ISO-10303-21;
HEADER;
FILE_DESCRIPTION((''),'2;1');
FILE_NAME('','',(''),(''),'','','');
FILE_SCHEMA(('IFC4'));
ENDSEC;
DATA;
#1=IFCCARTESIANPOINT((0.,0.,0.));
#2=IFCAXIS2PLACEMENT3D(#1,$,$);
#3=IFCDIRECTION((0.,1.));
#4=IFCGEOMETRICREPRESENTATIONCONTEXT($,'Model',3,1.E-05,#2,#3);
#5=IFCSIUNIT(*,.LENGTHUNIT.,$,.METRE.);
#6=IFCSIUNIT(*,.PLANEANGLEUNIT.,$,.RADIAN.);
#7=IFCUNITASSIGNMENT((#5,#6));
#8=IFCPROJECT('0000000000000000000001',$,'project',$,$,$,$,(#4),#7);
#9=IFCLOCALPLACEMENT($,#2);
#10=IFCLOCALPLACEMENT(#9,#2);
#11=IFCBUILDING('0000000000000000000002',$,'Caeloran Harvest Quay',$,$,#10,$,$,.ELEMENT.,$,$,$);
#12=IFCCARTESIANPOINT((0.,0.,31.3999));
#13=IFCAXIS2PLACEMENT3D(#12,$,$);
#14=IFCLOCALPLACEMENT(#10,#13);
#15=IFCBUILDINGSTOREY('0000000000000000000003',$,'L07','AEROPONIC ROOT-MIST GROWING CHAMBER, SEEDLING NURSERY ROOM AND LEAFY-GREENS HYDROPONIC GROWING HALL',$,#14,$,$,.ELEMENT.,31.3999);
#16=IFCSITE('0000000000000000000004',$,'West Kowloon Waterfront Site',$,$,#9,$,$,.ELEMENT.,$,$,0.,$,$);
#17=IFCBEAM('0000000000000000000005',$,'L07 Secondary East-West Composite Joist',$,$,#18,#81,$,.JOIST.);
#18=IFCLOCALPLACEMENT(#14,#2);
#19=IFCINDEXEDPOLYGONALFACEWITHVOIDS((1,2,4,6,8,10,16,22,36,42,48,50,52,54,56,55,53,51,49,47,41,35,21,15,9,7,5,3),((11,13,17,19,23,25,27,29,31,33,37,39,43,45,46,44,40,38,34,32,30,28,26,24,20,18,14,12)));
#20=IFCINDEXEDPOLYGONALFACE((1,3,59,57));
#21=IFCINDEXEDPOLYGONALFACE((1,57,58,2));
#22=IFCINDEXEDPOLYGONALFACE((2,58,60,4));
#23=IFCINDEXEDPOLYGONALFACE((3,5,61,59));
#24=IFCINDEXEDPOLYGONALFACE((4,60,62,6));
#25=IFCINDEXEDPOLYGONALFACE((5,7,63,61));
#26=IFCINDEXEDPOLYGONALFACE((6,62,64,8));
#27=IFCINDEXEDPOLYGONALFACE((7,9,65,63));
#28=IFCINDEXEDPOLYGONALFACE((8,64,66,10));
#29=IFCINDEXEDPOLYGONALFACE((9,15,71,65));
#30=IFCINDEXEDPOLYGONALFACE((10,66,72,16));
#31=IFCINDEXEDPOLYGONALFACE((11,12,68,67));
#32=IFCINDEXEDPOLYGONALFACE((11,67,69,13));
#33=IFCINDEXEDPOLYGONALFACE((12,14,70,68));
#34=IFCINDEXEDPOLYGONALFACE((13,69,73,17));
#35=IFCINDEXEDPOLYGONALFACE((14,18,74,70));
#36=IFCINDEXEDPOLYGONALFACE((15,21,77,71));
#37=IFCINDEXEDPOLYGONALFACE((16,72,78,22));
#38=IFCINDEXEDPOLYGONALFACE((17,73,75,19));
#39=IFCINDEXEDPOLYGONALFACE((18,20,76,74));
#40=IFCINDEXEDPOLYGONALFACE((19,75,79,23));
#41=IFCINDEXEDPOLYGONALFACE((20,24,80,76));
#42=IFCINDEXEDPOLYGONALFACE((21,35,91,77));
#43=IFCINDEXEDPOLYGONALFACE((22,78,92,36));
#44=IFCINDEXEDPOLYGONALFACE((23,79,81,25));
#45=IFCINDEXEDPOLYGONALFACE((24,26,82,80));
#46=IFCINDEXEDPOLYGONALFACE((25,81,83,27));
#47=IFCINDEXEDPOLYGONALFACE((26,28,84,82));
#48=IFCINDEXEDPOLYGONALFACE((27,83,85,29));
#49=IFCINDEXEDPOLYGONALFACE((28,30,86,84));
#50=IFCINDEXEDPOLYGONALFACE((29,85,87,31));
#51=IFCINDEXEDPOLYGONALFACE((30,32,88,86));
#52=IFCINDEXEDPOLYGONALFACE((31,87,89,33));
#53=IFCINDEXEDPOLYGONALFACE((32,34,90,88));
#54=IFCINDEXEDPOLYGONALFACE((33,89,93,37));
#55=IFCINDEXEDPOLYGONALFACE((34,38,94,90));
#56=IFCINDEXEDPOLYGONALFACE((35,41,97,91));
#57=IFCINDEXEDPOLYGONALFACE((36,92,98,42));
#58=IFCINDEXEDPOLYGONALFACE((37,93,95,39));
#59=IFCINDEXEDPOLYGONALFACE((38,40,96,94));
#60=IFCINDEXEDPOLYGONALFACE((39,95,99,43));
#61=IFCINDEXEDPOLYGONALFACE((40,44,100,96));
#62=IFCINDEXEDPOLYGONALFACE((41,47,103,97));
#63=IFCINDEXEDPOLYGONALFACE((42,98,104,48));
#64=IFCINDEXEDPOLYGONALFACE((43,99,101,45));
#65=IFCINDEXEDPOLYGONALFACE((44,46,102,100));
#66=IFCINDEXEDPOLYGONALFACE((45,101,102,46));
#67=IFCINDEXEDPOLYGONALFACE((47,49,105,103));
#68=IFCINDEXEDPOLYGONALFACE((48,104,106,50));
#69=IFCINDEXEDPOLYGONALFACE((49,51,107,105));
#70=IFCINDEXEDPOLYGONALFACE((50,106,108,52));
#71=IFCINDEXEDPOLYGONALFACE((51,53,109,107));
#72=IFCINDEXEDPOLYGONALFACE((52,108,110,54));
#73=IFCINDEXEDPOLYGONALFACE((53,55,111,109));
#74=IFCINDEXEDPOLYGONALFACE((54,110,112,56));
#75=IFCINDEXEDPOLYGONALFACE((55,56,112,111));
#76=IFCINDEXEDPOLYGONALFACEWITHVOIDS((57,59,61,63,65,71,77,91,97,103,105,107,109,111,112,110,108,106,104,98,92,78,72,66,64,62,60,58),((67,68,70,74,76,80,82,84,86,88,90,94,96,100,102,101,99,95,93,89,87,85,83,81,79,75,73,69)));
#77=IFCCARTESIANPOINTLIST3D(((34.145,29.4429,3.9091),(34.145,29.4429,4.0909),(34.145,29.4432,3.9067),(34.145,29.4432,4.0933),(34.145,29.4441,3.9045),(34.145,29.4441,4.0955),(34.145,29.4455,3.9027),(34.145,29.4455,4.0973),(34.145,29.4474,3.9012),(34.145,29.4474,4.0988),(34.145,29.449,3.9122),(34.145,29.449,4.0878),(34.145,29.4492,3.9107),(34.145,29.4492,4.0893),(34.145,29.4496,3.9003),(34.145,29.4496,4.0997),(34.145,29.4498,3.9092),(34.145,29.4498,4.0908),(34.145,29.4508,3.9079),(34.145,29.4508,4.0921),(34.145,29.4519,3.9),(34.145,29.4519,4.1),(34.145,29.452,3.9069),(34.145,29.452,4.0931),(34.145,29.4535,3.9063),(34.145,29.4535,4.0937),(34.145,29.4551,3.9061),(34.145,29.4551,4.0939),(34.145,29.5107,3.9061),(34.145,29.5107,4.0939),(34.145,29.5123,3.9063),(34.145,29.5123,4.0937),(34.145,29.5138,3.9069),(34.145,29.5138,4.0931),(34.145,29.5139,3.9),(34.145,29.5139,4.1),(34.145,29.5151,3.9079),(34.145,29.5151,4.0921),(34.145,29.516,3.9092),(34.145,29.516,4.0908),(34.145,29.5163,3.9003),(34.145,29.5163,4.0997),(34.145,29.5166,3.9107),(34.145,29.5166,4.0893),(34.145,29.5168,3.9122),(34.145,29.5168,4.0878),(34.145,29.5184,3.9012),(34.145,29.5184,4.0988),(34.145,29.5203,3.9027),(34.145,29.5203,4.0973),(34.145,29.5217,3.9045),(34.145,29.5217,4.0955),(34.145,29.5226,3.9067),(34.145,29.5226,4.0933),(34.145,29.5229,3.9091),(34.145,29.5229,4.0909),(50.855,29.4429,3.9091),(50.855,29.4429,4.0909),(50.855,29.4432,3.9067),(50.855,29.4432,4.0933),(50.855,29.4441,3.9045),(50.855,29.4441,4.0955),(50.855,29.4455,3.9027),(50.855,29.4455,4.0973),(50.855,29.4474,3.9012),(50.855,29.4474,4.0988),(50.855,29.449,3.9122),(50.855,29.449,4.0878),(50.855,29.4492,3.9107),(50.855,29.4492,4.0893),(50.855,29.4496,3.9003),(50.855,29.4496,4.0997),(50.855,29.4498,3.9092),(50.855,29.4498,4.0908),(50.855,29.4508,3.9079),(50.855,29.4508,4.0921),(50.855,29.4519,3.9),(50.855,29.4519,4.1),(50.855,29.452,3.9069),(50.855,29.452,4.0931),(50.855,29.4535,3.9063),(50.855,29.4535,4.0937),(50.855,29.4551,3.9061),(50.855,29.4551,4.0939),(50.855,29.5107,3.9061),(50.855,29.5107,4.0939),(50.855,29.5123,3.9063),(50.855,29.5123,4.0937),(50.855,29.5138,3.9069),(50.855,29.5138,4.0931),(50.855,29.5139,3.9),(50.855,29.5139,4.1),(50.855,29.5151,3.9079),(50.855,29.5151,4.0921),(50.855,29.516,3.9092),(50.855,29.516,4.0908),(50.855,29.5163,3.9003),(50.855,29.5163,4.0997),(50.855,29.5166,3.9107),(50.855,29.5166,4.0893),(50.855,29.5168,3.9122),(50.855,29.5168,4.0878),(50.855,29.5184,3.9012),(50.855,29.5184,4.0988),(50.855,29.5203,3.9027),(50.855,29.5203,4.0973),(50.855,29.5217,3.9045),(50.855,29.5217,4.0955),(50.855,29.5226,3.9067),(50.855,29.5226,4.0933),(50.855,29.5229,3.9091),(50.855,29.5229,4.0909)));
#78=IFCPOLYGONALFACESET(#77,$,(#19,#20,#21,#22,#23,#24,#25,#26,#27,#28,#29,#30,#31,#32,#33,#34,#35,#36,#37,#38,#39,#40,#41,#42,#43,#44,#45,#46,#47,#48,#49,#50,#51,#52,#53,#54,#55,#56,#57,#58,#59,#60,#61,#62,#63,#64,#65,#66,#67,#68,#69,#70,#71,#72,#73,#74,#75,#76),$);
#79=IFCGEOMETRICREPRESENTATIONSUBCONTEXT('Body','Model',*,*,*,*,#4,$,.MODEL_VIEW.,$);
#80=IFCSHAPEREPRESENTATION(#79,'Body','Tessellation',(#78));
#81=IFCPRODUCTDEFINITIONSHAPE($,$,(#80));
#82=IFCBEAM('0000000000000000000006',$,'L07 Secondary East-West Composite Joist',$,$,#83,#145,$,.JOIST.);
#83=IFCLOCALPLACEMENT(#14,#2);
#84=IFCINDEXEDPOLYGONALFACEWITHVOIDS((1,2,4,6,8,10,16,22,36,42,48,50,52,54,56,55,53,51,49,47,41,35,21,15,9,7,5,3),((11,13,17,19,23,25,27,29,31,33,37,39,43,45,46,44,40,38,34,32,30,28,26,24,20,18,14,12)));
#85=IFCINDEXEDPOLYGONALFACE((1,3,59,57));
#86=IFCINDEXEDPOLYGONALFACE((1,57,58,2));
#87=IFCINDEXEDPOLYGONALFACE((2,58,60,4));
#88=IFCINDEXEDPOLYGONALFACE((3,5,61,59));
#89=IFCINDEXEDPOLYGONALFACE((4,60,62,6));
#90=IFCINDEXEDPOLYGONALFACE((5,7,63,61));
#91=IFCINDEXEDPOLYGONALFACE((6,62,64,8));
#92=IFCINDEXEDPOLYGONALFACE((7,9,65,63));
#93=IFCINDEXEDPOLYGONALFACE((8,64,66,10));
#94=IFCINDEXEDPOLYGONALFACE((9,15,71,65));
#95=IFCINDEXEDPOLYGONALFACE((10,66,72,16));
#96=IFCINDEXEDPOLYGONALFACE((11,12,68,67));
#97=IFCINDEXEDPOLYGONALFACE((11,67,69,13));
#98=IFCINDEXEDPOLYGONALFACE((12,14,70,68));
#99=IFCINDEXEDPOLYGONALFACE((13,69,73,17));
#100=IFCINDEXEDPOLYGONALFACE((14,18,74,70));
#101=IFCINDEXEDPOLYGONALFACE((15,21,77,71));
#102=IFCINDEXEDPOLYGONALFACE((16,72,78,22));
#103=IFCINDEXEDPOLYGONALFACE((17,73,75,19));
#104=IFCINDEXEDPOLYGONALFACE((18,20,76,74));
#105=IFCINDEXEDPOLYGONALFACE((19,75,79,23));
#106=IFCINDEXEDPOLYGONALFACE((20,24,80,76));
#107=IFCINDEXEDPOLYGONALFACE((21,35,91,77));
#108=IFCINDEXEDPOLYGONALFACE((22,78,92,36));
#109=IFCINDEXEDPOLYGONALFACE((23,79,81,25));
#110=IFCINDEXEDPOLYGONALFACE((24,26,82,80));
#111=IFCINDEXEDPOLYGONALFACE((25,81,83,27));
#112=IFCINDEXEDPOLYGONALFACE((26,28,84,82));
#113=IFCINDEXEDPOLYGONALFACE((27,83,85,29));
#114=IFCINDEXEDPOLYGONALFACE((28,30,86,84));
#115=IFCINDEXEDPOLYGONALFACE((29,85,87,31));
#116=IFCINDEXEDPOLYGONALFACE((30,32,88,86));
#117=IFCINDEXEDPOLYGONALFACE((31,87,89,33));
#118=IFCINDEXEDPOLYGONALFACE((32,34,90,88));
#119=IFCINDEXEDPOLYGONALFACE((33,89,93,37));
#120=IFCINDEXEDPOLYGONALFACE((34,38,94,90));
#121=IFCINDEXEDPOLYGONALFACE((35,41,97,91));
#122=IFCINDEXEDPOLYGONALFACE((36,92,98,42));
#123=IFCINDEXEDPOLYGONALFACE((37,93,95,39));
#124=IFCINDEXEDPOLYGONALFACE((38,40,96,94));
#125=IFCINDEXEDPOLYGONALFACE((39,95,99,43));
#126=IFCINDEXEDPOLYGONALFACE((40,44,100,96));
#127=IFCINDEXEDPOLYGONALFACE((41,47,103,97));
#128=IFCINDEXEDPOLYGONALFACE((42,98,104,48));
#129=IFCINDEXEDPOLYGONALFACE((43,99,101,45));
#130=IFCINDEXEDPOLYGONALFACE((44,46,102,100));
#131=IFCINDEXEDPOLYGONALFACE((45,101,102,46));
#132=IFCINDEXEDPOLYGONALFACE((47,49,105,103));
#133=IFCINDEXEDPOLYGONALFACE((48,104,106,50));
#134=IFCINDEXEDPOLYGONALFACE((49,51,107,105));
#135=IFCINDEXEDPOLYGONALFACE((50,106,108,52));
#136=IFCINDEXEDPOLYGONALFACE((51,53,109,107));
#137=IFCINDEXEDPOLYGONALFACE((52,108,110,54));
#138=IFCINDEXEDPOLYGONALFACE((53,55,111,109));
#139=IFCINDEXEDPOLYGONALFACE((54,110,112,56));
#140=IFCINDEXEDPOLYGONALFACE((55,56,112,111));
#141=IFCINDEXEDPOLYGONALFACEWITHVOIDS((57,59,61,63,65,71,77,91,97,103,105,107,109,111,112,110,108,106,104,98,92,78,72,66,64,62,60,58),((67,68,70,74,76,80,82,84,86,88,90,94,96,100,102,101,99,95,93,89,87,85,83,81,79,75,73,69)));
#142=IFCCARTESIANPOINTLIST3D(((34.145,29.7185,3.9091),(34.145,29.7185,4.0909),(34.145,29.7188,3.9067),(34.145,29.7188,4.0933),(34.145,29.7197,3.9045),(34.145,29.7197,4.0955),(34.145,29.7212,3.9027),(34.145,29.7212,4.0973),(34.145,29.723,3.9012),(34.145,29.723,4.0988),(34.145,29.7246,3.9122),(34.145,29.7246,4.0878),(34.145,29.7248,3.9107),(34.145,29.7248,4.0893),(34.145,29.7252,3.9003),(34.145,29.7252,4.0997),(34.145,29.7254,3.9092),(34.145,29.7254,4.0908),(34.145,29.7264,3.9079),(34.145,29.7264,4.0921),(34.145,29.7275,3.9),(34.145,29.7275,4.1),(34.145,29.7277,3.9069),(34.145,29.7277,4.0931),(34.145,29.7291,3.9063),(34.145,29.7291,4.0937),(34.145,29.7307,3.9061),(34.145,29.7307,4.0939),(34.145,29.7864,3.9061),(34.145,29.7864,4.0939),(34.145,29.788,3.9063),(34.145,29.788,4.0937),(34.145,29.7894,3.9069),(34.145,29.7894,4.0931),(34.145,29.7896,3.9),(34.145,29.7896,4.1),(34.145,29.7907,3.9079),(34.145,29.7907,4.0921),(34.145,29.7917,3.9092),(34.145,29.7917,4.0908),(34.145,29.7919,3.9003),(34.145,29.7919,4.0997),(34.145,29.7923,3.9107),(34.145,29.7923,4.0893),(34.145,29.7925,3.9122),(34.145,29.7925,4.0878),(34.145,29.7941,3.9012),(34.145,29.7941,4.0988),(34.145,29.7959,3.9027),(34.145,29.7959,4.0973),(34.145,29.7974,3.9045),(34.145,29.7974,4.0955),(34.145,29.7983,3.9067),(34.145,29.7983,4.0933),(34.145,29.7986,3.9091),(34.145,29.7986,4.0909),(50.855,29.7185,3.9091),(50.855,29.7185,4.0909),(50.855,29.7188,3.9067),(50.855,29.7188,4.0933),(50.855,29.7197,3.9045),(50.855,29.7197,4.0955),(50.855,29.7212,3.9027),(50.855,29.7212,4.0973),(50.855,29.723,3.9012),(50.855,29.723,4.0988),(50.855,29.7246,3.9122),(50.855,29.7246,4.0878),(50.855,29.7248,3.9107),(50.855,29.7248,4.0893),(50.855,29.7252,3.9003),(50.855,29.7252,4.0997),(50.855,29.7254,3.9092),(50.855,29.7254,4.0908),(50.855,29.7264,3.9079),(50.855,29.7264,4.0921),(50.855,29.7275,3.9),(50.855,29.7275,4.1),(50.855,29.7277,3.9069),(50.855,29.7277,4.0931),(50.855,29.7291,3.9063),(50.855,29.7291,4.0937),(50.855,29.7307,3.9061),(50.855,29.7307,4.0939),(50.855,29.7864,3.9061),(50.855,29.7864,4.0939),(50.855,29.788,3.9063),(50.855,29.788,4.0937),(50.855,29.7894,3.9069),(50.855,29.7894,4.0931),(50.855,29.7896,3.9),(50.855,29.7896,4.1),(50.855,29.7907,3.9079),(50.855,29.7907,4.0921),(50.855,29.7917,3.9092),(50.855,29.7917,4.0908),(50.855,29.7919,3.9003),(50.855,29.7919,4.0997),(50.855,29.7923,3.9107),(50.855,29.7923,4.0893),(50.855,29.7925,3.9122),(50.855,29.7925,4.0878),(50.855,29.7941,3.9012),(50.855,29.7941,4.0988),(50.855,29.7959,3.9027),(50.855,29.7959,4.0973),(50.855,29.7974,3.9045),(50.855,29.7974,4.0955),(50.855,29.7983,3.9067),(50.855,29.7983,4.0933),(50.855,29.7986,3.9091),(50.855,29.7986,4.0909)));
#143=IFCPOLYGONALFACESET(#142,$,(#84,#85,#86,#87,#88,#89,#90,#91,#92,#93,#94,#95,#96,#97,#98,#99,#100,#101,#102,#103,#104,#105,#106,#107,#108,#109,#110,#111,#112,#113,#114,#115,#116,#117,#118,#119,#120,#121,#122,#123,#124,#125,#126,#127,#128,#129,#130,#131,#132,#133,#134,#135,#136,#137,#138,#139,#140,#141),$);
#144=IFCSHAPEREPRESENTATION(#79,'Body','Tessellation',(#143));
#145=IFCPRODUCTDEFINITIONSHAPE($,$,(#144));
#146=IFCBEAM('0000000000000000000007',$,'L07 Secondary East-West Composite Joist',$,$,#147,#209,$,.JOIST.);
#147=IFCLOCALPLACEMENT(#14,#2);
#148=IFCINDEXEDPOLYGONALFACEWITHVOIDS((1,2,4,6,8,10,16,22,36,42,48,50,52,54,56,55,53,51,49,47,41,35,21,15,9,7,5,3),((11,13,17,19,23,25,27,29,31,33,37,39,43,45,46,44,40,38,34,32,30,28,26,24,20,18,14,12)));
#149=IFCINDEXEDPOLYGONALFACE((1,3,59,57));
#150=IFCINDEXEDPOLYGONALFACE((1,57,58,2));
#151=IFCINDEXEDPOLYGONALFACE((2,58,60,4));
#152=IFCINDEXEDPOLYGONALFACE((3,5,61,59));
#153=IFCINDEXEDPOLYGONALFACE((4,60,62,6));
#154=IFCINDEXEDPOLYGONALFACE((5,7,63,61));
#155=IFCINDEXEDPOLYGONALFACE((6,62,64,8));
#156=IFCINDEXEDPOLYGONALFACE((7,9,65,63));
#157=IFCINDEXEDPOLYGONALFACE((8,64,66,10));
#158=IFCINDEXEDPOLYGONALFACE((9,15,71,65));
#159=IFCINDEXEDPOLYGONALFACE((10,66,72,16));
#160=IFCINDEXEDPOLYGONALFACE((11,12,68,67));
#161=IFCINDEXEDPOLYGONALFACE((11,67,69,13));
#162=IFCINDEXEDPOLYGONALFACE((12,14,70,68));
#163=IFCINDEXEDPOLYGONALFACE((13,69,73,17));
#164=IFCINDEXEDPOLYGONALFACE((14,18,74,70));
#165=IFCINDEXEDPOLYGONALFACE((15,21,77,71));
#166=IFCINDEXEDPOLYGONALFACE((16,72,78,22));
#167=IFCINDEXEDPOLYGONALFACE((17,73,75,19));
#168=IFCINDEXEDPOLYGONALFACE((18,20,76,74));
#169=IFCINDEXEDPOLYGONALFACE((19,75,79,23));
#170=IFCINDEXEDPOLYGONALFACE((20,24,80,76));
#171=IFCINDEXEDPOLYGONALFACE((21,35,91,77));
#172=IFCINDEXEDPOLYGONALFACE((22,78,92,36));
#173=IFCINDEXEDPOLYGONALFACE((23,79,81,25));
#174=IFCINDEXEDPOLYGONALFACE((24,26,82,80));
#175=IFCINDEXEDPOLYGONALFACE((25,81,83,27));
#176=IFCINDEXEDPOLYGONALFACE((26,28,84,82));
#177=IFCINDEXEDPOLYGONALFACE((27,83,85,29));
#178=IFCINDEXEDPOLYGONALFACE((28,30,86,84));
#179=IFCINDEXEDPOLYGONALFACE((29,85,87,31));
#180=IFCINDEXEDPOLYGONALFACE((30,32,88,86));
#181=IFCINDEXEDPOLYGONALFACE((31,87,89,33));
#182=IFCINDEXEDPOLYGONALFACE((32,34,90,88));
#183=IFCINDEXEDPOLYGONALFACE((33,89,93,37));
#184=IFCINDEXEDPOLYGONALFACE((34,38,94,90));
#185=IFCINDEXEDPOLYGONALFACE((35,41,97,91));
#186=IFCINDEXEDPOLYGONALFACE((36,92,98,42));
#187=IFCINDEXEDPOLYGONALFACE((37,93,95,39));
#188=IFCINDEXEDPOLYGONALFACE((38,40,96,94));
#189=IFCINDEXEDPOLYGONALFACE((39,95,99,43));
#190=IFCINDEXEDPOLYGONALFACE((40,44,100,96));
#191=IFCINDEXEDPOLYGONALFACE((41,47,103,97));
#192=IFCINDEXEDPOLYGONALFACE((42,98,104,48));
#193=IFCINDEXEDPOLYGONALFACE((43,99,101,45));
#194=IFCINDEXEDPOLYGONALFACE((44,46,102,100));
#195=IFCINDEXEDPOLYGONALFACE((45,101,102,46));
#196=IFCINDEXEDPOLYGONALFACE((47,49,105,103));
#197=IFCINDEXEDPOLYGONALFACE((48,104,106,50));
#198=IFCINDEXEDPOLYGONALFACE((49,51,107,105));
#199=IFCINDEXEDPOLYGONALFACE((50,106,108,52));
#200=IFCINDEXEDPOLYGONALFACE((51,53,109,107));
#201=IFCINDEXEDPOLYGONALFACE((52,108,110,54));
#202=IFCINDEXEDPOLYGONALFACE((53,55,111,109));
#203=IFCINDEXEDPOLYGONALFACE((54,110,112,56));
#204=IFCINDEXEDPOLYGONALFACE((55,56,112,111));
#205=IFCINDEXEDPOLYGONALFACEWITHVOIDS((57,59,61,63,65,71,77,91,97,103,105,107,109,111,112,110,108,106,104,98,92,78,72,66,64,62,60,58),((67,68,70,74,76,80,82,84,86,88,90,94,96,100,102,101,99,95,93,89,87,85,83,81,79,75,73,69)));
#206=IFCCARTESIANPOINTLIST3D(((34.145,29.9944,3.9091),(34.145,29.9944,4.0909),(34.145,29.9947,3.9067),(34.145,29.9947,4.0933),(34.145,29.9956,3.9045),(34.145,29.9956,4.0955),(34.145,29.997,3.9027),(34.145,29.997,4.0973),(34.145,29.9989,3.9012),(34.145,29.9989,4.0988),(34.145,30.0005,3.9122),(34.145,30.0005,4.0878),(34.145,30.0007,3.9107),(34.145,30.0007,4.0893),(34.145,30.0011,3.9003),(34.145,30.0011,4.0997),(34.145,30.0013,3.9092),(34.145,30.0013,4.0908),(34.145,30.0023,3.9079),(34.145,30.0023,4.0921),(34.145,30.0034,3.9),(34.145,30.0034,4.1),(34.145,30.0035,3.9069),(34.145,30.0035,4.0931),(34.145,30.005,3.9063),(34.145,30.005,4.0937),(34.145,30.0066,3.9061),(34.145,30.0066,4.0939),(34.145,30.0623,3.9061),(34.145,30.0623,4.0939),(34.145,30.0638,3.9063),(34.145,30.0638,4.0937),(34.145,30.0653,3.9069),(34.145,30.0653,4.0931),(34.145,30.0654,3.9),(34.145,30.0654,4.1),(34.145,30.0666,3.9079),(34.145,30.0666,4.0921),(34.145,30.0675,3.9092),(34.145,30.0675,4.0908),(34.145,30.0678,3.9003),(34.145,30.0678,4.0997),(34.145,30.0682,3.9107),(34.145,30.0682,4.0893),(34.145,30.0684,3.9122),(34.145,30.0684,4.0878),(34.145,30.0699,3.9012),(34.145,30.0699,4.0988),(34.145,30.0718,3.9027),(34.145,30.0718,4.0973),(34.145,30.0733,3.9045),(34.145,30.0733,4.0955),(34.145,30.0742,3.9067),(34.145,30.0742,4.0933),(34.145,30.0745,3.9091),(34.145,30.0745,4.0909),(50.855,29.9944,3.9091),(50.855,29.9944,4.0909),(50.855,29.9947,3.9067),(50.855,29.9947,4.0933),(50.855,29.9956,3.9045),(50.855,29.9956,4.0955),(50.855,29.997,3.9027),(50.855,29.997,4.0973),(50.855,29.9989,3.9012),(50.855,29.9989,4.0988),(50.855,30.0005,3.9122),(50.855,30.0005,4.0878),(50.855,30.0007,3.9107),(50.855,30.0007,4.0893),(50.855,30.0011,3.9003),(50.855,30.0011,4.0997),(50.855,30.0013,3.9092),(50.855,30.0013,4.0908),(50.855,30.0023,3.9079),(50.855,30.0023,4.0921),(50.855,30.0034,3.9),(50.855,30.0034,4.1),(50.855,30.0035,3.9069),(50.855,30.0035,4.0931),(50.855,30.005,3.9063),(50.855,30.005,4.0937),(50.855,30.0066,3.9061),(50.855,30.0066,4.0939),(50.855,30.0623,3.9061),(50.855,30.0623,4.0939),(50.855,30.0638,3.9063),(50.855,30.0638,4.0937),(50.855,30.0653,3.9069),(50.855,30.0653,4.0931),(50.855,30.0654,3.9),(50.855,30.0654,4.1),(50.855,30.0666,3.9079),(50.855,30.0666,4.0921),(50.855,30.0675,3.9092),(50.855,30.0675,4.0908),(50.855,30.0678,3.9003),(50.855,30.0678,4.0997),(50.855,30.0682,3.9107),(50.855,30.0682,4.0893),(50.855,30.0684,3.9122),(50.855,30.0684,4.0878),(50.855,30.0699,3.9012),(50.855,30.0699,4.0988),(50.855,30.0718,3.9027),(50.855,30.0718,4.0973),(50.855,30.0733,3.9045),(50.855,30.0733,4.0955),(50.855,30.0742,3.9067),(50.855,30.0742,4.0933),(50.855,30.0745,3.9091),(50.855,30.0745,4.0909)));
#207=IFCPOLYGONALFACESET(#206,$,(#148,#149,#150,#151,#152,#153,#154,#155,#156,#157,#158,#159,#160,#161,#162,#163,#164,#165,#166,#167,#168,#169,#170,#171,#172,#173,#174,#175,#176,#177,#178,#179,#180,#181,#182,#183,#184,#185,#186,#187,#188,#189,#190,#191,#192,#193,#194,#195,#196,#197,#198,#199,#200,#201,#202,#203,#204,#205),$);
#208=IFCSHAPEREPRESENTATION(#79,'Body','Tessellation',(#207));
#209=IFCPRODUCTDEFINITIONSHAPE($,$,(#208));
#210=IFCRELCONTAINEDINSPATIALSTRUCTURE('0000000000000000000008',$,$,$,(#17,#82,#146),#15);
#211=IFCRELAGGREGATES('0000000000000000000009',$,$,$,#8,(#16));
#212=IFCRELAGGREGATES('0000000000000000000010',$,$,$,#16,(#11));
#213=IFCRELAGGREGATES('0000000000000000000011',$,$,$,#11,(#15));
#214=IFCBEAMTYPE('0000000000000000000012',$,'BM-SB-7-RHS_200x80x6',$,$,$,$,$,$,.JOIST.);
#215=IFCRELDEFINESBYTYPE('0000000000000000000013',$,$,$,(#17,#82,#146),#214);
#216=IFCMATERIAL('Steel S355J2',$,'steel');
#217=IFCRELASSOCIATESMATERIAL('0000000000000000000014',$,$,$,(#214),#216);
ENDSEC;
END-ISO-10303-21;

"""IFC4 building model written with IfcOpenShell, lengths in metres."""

from ifc_helpers import new_model, si_unit, direction, frame, origin, origin_2d, place, context, subcontext, project, spatial, hollow_rectangle, extrude, material, material_profile, profile_set, type_object, element, save


model = new_model("IFC4")

# Units and contexts
model_context = context("Model", 3, precision=1e-05, world=origin(), true_north=direction((0.0, 1.0)))
body_context = subcontext(model_context, "Body", "Model", "MODEL_VIEW")
ifc_project = project(units=[si_unit("LENGTHUNIT", "METRE"), si_unit("PLANEANGLEUNIT", "RADIAN")], contexts=[model_context])

# Site, building, storey
site_placement = place(None, origin())
site = spatial("IfcSite", under=ifc_project, at=site_placement, Name="West Kowloon Waterfront Site", CompositionType="ELEMENT", RefElevation=0.0)
building_placement = place(site_placement, origin())
building = spatial("IfcBuilding", under=site, at=building_placement, Name="Caeloran Harvest Quay", CompositionType="ELEMENT")
storey_placement = place(building_placement, frame((0.0, 0.0, 31.3999)))
storey = spatial("IfcBuildingStorey", under=building, at=storey_placement, Name="L07", Description="AEROPONIC ROOT-MIST GROWING CHAMBER, SEEDLING NURSERY ROOM AND LEAFY-GREENS HYDROPONIC GROWING HALL", CompositionType="ELEMENT", Elevation=31.3999)

# Beams
ifc_material_1 = material(Name="Steel S355J2", Category="steel")
ifc_material_profile_1 = material_profile(ifc_material_1, hollow_rectangle(XDim=0.0801, YDim=0.2, WallThickness=0.0061, InnerFilletRadius=0.0061, OuterFilletRadius=0.009, at=origin_2d()), Name="RHS 200x80x6")
ifc_profile_set_1 = profile_set([ifc_material_profile_1], Name="Steel S355J2")
beam_type_1 = type_object("IfcBeamType", Name="BM-SB-7-RHS_200x80x6", PredefinedType="JOIST", material=ifc_profile_set_1)
for number, where, z_axis, x_axis, name in (
    (1, (34.145, 29.4829, 4.0), (1.0, 0.0, 0.0), (0.0, 1.0, 0.0), "L07 Secondary East-West Composite Joist"),
    (2, (34.145, 29.7585, 4.0), (1.0, 0.0, 0.0), (0.0, 1.0, 0.0), "L07 Secondary East-West Composite Joist"),
    (3, (34.145, 30.0344, 4.0), (1.0, 0.0, 0.0), (0.0, 1.0, 0.0), "L07 Secondary East-West Composite Joist"),
):
    element("IfcBeam", number, at=place(storey_placement, frame(where, z_axis=z_axis, x_axis=x_axis)), inside=storey, type_object=beam_type_1, Name=name, PredefinedType="JOIST", context=body_context, shape_type="SweptSolid", body=[
        extrude(hollow_rectangle(XDim=0.0801, YDim=0.2, WallThickness=0.0061, InnerFilletRadius=0.0061, OuterFilletRadius=0.009, at=origin_2d()), origin(), (0.0, 0.0, 1.0), 16.71),
    ])

save(model, "model.ifc")
